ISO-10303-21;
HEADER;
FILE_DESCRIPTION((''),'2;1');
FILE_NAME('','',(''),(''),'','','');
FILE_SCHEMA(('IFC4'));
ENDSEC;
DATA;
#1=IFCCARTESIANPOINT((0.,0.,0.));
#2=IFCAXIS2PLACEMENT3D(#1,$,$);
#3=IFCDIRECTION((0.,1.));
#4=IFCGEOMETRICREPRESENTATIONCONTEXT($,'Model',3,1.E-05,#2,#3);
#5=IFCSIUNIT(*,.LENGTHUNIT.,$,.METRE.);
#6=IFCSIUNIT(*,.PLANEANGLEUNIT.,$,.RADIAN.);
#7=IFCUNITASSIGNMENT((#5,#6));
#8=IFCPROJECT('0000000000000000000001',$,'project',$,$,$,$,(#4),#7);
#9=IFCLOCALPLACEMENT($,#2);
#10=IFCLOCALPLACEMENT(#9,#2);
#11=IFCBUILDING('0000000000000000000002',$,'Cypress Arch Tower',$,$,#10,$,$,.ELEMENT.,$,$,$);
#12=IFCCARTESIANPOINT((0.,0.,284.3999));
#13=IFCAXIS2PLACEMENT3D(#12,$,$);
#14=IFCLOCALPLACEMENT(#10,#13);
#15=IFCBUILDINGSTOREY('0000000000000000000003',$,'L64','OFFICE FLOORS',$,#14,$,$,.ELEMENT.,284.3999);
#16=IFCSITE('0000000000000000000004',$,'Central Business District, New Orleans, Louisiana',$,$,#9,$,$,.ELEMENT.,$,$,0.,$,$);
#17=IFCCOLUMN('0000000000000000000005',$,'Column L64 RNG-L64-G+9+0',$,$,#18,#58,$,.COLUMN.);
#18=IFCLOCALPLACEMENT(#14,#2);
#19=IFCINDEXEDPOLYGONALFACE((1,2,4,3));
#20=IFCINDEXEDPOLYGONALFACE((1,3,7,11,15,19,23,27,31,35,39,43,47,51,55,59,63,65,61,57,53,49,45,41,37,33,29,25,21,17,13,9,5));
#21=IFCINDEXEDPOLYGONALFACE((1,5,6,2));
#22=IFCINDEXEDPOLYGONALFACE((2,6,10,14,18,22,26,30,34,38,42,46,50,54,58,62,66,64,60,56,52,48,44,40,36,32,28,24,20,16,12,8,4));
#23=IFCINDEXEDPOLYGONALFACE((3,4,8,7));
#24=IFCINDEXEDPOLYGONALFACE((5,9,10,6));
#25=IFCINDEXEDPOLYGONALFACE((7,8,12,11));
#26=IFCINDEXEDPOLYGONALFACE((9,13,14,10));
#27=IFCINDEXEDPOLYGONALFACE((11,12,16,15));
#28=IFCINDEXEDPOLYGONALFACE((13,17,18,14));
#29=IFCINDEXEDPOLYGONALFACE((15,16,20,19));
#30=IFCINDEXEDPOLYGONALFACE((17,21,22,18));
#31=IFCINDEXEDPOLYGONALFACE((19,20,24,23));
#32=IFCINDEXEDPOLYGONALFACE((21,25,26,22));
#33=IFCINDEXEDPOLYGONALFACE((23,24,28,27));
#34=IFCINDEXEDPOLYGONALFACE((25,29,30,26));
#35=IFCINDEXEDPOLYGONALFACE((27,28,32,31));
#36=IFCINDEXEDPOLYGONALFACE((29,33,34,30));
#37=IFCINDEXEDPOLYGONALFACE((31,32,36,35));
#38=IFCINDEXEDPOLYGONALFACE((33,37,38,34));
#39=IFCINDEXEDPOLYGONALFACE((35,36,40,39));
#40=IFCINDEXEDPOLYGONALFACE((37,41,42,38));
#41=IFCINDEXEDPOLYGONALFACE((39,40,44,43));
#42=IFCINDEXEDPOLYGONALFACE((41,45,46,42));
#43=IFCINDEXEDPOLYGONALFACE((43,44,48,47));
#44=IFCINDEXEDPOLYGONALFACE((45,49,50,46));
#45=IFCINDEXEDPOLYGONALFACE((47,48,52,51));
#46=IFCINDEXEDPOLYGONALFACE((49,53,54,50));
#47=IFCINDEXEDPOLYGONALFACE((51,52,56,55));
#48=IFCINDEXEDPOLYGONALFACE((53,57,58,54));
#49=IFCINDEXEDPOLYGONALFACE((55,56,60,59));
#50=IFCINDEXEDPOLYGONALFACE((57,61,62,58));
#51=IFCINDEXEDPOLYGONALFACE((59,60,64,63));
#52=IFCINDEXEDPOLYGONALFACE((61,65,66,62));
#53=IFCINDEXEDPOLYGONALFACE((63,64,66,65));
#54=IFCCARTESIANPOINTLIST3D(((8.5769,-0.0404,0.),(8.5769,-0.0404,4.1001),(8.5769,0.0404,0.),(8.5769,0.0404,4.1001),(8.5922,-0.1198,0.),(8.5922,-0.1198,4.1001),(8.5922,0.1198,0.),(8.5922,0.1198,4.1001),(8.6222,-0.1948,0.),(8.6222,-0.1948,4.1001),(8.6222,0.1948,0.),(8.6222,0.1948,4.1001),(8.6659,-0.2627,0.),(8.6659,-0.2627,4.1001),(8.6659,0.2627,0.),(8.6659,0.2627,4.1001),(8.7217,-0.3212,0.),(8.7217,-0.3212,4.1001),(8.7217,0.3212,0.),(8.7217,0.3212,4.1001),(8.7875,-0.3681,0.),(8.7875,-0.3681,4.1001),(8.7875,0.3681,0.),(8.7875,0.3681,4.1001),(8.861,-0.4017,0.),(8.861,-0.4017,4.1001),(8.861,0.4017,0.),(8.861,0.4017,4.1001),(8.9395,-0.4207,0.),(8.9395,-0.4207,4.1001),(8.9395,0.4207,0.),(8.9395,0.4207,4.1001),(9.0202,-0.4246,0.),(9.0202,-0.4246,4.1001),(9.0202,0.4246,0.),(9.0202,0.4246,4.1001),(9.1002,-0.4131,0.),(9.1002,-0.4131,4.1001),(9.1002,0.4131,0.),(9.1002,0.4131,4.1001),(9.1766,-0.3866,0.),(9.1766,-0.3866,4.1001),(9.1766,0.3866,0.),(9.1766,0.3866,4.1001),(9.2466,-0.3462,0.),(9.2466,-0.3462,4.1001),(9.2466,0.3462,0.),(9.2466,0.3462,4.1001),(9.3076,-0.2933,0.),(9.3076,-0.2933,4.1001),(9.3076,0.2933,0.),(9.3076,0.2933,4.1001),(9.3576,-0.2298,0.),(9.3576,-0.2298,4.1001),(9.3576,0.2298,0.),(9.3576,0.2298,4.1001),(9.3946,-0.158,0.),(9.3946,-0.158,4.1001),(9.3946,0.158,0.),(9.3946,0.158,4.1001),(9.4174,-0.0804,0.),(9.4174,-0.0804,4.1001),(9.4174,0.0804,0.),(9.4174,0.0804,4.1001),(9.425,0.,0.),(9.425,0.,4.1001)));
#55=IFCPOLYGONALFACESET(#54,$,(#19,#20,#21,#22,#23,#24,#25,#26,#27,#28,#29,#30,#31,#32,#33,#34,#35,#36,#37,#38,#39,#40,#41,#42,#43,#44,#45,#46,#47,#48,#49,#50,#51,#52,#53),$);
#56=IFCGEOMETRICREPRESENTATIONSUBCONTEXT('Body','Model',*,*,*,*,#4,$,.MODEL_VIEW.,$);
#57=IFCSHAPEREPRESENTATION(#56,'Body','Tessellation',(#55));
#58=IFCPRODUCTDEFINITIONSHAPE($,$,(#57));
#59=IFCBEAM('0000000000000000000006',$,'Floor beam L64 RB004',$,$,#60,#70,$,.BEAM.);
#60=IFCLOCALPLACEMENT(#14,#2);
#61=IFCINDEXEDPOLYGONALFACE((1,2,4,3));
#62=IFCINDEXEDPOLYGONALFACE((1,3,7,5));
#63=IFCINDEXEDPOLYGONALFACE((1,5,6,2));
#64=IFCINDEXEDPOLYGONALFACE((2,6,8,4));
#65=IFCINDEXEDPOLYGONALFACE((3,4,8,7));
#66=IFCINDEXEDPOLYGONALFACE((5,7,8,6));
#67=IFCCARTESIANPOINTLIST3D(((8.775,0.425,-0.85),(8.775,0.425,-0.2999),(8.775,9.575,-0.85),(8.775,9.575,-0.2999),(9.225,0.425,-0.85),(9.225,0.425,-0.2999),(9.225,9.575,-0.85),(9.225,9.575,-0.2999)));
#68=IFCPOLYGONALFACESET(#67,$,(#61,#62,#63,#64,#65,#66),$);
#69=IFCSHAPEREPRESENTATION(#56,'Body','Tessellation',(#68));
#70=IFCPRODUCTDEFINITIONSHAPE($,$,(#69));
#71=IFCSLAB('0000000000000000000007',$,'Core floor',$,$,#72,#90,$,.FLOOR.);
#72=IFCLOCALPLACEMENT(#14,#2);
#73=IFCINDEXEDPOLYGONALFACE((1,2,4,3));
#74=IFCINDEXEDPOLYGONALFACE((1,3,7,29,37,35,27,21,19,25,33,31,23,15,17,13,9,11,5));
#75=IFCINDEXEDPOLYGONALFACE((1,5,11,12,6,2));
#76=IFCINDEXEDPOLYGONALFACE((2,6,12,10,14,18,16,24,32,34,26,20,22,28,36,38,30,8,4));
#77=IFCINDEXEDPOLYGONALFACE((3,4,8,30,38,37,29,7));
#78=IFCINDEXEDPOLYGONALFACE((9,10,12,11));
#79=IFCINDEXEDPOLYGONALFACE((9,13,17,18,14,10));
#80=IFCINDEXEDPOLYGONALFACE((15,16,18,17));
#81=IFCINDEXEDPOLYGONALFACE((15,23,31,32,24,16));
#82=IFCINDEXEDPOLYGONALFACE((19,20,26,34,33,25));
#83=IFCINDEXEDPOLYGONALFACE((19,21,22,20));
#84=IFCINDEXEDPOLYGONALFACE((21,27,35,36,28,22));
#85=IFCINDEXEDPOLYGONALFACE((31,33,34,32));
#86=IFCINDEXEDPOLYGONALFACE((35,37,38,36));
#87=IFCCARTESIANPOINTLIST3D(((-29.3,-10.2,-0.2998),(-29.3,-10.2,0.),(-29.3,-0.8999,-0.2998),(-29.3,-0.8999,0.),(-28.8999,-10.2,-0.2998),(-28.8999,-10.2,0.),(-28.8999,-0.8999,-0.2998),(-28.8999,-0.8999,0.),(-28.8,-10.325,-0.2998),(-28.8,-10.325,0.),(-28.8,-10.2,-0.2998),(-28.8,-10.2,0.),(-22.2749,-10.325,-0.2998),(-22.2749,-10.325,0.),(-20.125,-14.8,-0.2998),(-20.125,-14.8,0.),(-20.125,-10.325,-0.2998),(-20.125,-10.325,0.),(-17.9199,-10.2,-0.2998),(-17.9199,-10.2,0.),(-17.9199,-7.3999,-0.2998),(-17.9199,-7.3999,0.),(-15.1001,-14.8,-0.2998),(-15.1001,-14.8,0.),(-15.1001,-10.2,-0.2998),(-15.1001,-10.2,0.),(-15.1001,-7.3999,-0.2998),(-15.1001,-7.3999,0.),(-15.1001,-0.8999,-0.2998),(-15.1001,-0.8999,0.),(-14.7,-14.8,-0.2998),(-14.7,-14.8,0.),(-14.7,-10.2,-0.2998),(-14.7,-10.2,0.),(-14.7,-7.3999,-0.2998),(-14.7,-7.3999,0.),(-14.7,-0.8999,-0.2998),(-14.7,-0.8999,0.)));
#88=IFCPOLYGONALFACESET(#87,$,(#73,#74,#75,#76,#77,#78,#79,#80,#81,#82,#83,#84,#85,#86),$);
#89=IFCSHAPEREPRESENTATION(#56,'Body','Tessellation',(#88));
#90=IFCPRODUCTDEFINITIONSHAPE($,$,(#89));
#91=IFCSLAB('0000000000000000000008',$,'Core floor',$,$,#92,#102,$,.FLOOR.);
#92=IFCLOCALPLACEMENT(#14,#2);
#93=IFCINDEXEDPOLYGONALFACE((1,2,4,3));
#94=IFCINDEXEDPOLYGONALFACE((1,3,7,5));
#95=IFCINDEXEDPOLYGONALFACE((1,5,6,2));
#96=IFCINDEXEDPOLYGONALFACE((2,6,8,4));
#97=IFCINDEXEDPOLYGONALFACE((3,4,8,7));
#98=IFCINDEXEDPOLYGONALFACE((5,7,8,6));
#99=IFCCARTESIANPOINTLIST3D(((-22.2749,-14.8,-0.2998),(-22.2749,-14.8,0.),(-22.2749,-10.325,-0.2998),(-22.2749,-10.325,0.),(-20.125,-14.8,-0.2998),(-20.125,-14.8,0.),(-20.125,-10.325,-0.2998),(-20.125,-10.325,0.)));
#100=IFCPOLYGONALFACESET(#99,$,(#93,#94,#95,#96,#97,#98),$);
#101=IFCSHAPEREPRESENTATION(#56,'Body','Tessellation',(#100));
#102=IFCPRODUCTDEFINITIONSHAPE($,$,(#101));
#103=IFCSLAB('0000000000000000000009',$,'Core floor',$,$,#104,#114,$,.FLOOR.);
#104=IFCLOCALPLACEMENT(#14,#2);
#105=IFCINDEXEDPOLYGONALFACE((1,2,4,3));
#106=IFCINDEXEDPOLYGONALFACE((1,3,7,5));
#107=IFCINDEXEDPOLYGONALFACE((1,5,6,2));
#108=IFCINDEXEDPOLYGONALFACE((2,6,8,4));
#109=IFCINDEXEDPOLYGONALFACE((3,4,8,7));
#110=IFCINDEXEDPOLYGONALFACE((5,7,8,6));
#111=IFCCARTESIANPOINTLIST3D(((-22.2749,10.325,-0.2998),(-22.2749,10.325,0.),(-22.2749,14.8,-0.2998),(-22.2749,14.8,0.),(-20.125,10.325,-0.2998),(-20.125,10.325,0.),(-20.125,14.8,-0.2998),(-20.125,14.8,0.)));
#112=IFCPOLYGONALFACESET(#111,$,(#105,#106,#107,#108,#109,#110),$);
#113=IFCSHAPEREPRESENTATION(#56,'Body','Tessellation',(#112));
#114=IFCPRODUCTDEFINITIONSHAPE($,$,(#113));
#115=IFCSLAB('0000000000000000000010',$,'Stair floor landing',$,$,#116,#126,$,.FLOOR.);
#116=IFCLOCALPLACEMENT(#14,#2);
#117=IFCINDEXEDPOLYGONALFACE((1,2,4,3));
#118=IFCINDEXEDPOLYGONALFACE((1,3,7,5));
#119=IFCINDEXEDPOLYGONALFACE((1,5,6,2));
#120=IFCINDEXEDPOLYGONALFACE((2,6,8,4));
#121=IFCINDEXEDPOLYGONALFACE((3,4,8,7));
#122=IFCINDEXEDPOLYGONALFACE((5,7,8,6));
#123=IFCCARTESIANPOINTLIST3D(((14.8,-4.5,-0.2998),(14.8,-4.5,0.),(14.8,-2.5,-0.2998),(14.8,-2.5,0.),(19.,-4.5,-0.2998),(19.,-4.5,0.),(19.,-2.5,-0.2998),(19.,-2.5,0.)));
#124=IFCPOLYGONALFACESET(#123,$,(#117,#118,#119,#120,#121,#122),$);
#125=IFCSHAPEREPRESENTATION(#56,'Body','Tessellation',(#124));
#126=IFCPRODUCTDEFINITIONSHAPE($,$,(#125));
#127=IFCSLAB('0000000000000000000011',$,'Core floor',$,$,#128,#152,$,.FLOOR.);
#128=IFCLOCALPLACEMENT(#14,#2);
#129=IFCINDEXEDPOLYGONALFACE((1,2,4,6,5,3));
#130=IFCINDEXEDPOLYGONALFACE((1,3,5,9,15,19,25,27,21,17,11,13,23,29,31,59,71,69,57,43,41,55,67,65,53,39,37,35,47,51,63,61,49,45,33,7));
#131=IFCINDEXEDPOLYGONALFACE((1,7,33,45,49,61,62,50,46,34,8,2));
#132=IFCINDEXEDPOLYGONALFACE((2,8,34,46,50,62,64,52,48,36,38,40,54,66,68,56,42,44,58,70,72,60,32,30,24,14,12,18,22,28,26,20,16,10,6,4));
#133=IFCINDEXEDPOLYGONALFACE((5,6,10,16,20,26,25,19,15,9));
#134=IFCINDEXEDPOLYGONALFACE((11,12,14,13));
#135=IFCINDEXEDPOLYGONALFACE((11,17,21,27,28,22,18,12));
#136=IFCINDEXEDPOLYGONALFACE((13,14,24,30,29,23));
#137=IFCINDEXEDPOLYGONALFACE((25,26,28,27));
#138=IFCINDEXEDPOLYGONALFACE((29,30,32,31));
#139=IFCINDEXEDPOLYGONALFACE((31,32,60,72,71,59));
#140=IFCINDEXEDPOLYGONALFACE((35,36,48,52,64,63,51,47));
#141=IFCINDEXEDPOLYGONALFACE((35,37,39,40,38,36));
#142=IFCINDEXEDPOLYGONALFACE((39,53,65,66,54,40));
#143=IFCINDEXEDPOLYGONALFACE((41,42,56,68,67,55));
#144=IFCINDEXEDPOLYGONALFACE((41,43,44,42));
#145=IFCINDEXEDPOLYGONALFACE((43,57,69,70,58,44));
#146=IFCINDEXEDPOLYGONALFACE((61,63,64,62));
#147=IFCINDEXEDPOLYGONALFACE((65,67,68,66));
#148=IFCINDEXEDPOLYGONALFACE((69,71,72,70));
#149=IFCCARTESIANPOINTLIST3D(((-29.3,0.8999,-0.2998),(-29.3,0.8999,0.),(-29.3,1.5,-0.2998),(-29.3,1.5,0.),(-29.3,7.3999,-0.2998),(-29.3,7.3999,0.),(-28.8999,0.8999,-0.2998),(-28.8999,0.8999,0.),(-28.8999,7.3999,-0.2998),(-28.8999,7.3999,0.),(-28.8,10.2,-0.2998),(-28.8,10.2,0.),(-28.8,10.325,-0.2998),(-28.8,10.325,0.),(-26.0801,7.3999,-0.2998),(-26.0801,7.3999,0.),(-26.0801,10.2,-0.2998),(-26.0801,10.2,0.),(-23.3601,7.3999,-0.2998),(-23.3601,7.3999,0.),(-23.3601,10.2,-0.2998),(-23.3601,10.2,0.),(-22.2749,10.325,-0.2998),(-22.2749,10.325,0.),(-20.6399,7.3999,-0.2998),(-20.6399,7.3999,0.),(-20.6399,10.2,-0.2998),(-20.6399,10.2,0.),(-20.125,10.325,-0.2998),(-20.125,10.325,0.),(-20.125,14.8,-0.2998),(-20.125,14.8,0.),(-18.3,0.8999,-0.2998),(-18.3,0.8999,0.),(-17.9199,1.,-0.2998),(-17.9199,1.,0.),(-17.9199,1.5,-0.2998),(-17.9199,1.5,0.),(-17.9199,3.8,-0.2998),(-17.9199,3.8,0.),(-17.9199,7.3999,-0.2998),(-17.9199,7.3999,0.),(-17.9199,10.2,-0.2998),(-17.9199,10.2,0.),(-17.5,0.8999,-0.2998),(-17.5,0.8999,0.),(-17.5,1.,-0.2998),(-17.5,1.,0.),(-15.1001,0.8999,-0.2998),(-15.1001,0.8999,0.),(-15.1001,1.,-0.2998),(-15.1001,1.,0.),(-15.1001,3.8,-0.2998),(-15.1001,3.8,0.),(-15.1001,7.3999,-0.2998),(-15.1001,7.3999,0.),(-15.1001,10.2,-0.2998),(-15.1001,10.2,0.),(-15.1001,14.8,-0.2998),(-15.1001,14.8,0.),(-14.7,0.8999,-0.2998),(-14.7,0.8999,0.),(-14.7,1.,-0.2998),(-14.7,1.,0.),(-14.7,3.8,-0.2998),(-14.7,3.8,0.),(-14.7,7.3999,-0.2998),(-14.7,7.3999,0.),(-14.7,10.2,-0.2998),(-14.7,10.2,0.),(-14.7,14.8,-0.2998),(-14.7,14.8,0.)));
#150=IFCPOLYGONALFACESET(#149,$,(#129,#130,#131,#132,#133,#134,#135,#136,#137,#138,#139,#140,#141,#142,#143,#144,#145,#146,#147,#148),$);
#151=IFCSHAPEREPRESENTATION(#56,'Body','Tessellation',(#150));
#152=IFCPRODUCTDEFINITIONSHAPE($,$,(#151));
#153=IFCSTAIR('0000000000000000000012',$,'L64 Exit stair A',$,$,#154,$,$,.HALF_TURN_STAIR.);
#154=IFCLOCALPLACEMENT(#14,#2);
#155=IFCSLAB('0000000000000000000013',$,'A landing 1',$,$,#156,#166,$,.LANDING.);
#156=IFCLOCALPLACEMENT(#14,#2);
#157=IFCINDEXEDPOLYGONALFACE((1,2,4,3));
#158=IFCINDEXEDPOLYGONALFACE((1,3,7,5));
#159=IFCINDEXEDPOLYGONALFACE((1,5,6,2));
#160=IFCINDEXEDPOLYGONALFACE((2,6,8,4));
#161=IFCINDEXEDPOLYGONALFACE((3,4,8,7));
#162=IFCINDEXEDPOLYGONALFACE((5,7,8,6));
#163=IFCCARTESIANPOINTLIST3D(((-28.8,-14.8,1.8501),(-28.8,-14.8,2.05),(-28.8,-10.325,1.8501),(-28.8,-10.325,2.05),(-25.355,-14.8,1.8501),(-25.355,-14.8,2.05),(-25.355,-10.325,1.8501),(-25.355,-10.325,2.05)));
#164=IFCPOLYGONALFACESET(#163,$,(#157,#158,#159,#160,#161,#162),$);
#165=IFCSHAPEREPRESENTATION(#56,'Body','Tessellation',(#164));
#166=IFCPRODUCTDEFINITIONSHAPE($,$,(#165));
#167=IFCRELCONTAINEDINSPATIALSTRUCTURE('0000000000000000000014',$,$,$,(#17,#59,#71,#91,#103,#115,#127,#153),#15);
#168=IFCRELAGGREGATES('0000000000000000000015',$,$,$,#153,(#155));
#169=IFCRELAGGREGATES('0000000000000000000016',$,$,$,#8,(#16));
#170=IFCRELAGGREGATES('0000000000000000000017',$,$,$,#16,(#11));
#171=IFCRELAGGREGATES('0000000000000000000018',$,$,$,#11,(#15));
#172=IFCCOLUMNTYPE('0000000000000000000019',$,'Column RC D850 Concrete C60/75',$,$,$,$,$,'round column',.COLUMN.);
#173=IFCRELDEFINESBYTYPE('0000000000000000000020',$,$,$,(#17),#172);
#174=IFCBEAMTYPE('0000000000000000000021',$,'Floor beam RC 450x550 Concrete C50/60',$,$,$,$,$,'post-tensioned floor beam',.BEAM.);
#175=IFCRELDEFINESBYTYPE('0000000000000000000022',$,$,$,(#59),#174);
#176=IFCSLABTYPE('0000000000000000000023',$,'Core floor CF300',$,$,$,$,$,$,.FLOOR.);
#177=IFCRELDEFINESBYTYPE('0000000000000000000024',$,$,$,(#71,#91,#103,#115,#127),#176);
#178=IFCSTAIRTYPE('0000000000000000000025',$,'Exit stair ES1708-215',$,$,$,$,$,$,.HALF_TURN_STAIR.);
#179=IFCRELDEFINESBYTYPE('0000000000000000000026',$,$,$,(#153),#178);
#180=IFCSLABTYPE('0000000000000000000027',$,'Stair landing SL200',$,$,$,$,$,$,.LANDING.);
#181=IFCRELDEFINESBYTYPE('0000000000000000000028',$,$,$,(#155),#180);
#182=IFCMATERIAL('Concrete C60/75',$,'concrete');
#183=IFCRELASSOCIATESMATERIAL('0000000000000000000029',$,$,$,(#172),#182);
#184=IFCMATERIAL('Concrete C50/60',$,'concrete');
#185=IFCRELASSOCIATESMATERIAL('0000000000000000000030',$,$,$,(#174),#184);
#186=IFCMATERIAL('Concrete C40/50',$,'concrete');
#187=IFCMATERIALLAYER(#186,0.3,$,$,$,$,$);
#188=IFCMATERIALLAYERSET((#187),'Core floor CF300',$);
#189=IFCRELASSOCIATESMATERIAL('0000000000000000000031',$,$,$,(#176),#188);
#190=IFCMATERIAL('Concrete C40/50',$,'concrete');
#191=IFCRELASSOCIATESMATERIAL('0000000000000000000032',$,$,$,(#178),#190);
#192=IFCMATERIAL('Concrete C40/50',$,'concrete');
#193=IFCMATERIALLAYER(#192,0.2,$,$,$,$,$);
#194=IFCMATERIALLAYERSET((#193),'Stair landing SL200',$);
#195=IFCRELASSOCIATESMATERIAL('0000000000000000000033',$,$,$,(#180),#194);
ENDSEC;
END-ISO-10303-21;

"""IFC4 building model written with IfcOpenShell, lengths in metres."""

from ifc_helpers import new_model, si_unit, direction, frame, origin, origin_2d, place, context, subcontext, project, spatial, polyline, rectangle, circle, outline, extrude, material, layer, layer_set, material_profile, profile_set, type_object, element, aggregate, save


model = new_model("IFC4")

# Units and contexts
model_context = context("Model", 3, precision=1e-05, world=origin(), true_north=direction((0.0, 1.0)))
body_context = subcontext(model_context, "Body", "Model", "MODEL_VIEW")
ifc_project = project(units=[si_unit("LENGTHUNIT", "METRE"), si_unit("PLANEANGLEUNIT", "RADIAN")], contexts=[model_context])

# Site, building, storey
site_placement = place(None, origin())
site = spatial("IfcSite", under=ifc_project, at=site_placement, Name="Central Business District, New Orleans, Louisiana", CompositionType="ELEMENT", RefElevation=0.0)
building_placement = place(site_placement, origin())
building = spatial("IfcBuilding", under=site, at=building_placement, Name="Cypress Arch Tower", CompositionType="ELEMENT")
storey_placement = place(building_placement, frame((0.0, 0.0, 284.3999)))
storey = spatial("IfcBuildingStorey", under=building, at=storey_placement, Name="L64", Description="OFFICE FLOORS", CompositionType="ELEMENT", Elevation=284.3999)

# Column
ifc_material_1 = material(Name="Concrete C60/75", Category="concrete")
ifc_material_profile_1 = material_profile(ifc_material_1, circle(Radius=0.425, at=origin_2d()), Name="RC D850")
ifc_profile_set_1 = profile_set([ifc_material_profile_1], Name="Concrete C60/75")
column_type = type_object("IfcColumnType", Name="Column RC D850 Concrete C60/75", ElementType="round column", PredefinedType="COLUMN", material=ifc_profile_set_1)
column_placement = place(storey_placement, frame((9.0, 0.0, 0.0), z_axis=(0.0, 0.0, 1.0), x_axis=(1.0, 0.0, 0.0)))
element("IfcColumn", 1, at=column_placement, inside=storey, type_object=column_type, Name="Column L64 RNG-L64-G+9+0", PredefinedType="COLUMN", context=body_context, shape_type="SweptSolid", body=[
    extrude(circle(Radius=0.425, at=origin_2d()), origin(), (0.0, 0.0, 1.0), 4.1001),
])

# Beam
ifc_material_2 = material(Name="Concrete C50/60", Category="concrete")
ifc_material_profile_2 = material_profile(ifc_material_2, rectangle(XDim=0.45, YDim=0.55, at=origin_2d()), Name="RC 450x550")
ifc_profile_set_2 = profile_set([ifc_material_profile_2], Name="Concrete C50/60")
beam_type = type_object("IfcBeamType", Name="Floor beam RC 450x550 Concrete C50/60", ElementType="post-tensioned floor beam", PredefinedType="BEAM", material=ifc_profile_set_2)
beam_placement = place(storey_placement, frame((9.0, 0.425, -0.575), z_axis=(0.0, 1.0, 0.0), x_axis=(-1.0, 0.0, 0.0)))
element("IfcBeam", 2, at=beam_placement, inside=storey, type_object=beam_type, Name="Floor beam L64 RB004", PredefinedType="BEAM", context=body_context, shape_type="SweptSolid", body=[
    extrude(rectangle(XDim=0.45, YDim=0.55, at=origin_2d()), origin(), (0.0, 0.0, 1.0), 9.1499),
])

# Slabs
ifc_material_3 = material(Name="Concrete C40/50", Category="concrete")
ifc_layer_1 = layer(ifc_material_3, 0.3)
ifc_layer_set_1 = layer_set([ifc_layer_1], Name="Core floor CF300")
slab_type_1 = type_object("IfcSlabType", Name="Core floor CF300", PredefinedType="FLOOR", material=ifc_layer_set_1)
slab_1_placement = place(storey_placement, frame((0.0, 0.0, -0.2998)))
element("IfcSlab", 3, at=slab_1_placement, inside=storey, type_object=slab_type_1, Name="Core floor", PredefinedType="FLOOR", context=body_context, shape_type="SweptSolid", body=[
    extrude(outline(polyline([(-28.8999, -10.2), (-29.3, -10.2), (-29.3, -0.8999), (-28.8999, -0.8999), (-15.1001, -0.8999), (-14.7, -0.8999), (-14.7, -7.3999), (-15.1001, -7.3999), (-17.9199, -7.3999), (-17.9199, -10.2), (-15.1001, -10.2), (-14.7, -10.2), (-14.7, -14.8), (-15.1001, -14.8), (-20.125, -14.8), (-20.125, -10.325), (-22.2749, -10.325), (-28.8, -10.325), (-28.8, -10.2), (-28.8999, -10.2)])), origin(), (0.0, 0.0, 1.0), 0.2998),
])
slab_2_placement = place(storey_placement, frame((0.0, 0.0, -0.2998)))
element("IfcSlab", 4, at=slab_2_placement, inside=storey, type_object=slab_type_1, Name="Core floor", PredefinedType="FLOOR", context=body_context, shape_type="SweptSolid", body=[
    extrude(outline(polyline([(-22.2749, -10.325), (-22.2749, -14.8), (-20.125, -14.8), (-20.125, -10.325), (-22.2749, -10.325)])), origin(), (0.0, 0.0, 1.0), 0.2998),
])
slab_3_placement = place(storey_placement, frame((0.0, 0.0, -0.2998)))
element("IfcSlab", 5, at=slab_3_placement, inside=storey, type_object=slab_type_1, Name="Core floor", PredefinedType="FLOOR", context=body_context, shape_type="SweptSolid", body=[
    extrude(outline(polyline([(-20.125, 14.8), (-22.2749, 14.8), (-22.2749, 10.325), (-20.125, 10.325), (-20.125, 14.8)])), origin(), (0.0, 0.0, 1.0), 0.2998),
])
slab_4_placement = place(storey_placement, frame((0.0, 0.0, -0.2998)))
element("IfcSlab", 6, at=slab_4_placement, inside=storey, type_object=slab_type_1, Name="Stair floor landing", PredefinedType="FLOOR", context=body_context, shape_type="SweptSolid", body=[
    extrude(outline(polyline([(19.0, -4.5), (19.0, -2.5), (14.8, -2.5), (14.8, -4.5), (19.0, -4.5)])), origin(), (0.0, 0.0, 1.0), 0.2998),
])
slab_5_placement = place(storey_placement, frame((0.0, 0.0, -0.2998)))
element("IfcSlab", 7, at=slab_5_placement, inside=storey, type_object=slab_type_1, Name="Core floor", PredefinedType="FLOOR", context=body_context, shape_type="SweptSolid", body=[
    extrude(outline(polyline([(-20.6399, 10.2), (-23.3601, 10.2), (-26.0801, 10.2), (-28.8, 10.2), (-28.8, 10.325), (-22.2749, 10.325), (-20.125, 10.325), (-20.125, 14.8), (-15.1001, 14.8), (-14.7, 14.8), (-14.7, 10.2), (-15.1001, 10.2), (-17.9199, 10.2), (-17.9199, 7.3999), (-15.1001, 7.3999), (-14.7, 7.3999), (-14.7, 3.8), (-15.1001, 3.8), (-17.9199, 3.8), (-17.9199, 1.5), (-17.9199, 1.0), (-17.5, 1.0), (-15.1001, 1.0), (-14.7, 1.0), (-14.7, 0.8999), (-15.1001, 0.8999), (-17.5, 0.8999), (-18.3, 0.8999), (-28.8999, 0.8999), (-29.3, 0.8999), (-29.3, 1.5), (-29.3, 7.3999), (-28.8999, 7.3999), (-26.0801, 7.3999), (-23.3601, 7.3999), (-20.6399, 7.3999), (-20.6399, 10.2)])), origin(), (0.0, 0.0, 1.0), 0.2998),
])

# Stair, slab
ifc_material_4 = material(Name="Concrete C40/50", Category="concrete")
stair_type_1 = type_object("IfcStairType", Name="Exit stair ES1708-215", PredefinedType="HALF_TURN_STAIR", material=ifc_material_4)
stair_1_placement = place(storey_placement, origin())
stair_1 = element("IfcStair", 8, at=stair_1_placement, inside=storey, type_object=stair_type_1, Name="L64 Exit stair A", PredefinedType="HALF_TURN_STAIR")
ifc_material_5 = material(Name="Concrete C40/50", Category="concrete")
ifc_layer_2 = layer(ifc_material_5, 0.2)
ifc_layer_set_2 = layer_set([ifc_layer_2], Name="Stair landing SL200")
slab_type_2 = type_object("IfcSlabType", Name="Stair landing SL200", PredefinedType="LANDING", material=ifc_layer_set_2)
slab_6_placement = place(storey_placement, frame((0.0, 0.0, 1.8501)))
slab_6 = element("IfcSlab", 9, at=slab_6_placement, type_object=slab_type_2, Name="A landing 1", PredefinedType="LANDING", context=body_context, shape_type="SweptSolid", body=[
    extrude(outline(polyline([(-25.355, -10.325), (-28.8, -10.325), (-28.8, -14.8), (-25.355, -14.8), (-25.355, -10.325)])), origin(), (0.0, 0.0, 1.0), 0.2),
])
aggregate(stair_1, [slab_6])

save(model, "model.ifc")
